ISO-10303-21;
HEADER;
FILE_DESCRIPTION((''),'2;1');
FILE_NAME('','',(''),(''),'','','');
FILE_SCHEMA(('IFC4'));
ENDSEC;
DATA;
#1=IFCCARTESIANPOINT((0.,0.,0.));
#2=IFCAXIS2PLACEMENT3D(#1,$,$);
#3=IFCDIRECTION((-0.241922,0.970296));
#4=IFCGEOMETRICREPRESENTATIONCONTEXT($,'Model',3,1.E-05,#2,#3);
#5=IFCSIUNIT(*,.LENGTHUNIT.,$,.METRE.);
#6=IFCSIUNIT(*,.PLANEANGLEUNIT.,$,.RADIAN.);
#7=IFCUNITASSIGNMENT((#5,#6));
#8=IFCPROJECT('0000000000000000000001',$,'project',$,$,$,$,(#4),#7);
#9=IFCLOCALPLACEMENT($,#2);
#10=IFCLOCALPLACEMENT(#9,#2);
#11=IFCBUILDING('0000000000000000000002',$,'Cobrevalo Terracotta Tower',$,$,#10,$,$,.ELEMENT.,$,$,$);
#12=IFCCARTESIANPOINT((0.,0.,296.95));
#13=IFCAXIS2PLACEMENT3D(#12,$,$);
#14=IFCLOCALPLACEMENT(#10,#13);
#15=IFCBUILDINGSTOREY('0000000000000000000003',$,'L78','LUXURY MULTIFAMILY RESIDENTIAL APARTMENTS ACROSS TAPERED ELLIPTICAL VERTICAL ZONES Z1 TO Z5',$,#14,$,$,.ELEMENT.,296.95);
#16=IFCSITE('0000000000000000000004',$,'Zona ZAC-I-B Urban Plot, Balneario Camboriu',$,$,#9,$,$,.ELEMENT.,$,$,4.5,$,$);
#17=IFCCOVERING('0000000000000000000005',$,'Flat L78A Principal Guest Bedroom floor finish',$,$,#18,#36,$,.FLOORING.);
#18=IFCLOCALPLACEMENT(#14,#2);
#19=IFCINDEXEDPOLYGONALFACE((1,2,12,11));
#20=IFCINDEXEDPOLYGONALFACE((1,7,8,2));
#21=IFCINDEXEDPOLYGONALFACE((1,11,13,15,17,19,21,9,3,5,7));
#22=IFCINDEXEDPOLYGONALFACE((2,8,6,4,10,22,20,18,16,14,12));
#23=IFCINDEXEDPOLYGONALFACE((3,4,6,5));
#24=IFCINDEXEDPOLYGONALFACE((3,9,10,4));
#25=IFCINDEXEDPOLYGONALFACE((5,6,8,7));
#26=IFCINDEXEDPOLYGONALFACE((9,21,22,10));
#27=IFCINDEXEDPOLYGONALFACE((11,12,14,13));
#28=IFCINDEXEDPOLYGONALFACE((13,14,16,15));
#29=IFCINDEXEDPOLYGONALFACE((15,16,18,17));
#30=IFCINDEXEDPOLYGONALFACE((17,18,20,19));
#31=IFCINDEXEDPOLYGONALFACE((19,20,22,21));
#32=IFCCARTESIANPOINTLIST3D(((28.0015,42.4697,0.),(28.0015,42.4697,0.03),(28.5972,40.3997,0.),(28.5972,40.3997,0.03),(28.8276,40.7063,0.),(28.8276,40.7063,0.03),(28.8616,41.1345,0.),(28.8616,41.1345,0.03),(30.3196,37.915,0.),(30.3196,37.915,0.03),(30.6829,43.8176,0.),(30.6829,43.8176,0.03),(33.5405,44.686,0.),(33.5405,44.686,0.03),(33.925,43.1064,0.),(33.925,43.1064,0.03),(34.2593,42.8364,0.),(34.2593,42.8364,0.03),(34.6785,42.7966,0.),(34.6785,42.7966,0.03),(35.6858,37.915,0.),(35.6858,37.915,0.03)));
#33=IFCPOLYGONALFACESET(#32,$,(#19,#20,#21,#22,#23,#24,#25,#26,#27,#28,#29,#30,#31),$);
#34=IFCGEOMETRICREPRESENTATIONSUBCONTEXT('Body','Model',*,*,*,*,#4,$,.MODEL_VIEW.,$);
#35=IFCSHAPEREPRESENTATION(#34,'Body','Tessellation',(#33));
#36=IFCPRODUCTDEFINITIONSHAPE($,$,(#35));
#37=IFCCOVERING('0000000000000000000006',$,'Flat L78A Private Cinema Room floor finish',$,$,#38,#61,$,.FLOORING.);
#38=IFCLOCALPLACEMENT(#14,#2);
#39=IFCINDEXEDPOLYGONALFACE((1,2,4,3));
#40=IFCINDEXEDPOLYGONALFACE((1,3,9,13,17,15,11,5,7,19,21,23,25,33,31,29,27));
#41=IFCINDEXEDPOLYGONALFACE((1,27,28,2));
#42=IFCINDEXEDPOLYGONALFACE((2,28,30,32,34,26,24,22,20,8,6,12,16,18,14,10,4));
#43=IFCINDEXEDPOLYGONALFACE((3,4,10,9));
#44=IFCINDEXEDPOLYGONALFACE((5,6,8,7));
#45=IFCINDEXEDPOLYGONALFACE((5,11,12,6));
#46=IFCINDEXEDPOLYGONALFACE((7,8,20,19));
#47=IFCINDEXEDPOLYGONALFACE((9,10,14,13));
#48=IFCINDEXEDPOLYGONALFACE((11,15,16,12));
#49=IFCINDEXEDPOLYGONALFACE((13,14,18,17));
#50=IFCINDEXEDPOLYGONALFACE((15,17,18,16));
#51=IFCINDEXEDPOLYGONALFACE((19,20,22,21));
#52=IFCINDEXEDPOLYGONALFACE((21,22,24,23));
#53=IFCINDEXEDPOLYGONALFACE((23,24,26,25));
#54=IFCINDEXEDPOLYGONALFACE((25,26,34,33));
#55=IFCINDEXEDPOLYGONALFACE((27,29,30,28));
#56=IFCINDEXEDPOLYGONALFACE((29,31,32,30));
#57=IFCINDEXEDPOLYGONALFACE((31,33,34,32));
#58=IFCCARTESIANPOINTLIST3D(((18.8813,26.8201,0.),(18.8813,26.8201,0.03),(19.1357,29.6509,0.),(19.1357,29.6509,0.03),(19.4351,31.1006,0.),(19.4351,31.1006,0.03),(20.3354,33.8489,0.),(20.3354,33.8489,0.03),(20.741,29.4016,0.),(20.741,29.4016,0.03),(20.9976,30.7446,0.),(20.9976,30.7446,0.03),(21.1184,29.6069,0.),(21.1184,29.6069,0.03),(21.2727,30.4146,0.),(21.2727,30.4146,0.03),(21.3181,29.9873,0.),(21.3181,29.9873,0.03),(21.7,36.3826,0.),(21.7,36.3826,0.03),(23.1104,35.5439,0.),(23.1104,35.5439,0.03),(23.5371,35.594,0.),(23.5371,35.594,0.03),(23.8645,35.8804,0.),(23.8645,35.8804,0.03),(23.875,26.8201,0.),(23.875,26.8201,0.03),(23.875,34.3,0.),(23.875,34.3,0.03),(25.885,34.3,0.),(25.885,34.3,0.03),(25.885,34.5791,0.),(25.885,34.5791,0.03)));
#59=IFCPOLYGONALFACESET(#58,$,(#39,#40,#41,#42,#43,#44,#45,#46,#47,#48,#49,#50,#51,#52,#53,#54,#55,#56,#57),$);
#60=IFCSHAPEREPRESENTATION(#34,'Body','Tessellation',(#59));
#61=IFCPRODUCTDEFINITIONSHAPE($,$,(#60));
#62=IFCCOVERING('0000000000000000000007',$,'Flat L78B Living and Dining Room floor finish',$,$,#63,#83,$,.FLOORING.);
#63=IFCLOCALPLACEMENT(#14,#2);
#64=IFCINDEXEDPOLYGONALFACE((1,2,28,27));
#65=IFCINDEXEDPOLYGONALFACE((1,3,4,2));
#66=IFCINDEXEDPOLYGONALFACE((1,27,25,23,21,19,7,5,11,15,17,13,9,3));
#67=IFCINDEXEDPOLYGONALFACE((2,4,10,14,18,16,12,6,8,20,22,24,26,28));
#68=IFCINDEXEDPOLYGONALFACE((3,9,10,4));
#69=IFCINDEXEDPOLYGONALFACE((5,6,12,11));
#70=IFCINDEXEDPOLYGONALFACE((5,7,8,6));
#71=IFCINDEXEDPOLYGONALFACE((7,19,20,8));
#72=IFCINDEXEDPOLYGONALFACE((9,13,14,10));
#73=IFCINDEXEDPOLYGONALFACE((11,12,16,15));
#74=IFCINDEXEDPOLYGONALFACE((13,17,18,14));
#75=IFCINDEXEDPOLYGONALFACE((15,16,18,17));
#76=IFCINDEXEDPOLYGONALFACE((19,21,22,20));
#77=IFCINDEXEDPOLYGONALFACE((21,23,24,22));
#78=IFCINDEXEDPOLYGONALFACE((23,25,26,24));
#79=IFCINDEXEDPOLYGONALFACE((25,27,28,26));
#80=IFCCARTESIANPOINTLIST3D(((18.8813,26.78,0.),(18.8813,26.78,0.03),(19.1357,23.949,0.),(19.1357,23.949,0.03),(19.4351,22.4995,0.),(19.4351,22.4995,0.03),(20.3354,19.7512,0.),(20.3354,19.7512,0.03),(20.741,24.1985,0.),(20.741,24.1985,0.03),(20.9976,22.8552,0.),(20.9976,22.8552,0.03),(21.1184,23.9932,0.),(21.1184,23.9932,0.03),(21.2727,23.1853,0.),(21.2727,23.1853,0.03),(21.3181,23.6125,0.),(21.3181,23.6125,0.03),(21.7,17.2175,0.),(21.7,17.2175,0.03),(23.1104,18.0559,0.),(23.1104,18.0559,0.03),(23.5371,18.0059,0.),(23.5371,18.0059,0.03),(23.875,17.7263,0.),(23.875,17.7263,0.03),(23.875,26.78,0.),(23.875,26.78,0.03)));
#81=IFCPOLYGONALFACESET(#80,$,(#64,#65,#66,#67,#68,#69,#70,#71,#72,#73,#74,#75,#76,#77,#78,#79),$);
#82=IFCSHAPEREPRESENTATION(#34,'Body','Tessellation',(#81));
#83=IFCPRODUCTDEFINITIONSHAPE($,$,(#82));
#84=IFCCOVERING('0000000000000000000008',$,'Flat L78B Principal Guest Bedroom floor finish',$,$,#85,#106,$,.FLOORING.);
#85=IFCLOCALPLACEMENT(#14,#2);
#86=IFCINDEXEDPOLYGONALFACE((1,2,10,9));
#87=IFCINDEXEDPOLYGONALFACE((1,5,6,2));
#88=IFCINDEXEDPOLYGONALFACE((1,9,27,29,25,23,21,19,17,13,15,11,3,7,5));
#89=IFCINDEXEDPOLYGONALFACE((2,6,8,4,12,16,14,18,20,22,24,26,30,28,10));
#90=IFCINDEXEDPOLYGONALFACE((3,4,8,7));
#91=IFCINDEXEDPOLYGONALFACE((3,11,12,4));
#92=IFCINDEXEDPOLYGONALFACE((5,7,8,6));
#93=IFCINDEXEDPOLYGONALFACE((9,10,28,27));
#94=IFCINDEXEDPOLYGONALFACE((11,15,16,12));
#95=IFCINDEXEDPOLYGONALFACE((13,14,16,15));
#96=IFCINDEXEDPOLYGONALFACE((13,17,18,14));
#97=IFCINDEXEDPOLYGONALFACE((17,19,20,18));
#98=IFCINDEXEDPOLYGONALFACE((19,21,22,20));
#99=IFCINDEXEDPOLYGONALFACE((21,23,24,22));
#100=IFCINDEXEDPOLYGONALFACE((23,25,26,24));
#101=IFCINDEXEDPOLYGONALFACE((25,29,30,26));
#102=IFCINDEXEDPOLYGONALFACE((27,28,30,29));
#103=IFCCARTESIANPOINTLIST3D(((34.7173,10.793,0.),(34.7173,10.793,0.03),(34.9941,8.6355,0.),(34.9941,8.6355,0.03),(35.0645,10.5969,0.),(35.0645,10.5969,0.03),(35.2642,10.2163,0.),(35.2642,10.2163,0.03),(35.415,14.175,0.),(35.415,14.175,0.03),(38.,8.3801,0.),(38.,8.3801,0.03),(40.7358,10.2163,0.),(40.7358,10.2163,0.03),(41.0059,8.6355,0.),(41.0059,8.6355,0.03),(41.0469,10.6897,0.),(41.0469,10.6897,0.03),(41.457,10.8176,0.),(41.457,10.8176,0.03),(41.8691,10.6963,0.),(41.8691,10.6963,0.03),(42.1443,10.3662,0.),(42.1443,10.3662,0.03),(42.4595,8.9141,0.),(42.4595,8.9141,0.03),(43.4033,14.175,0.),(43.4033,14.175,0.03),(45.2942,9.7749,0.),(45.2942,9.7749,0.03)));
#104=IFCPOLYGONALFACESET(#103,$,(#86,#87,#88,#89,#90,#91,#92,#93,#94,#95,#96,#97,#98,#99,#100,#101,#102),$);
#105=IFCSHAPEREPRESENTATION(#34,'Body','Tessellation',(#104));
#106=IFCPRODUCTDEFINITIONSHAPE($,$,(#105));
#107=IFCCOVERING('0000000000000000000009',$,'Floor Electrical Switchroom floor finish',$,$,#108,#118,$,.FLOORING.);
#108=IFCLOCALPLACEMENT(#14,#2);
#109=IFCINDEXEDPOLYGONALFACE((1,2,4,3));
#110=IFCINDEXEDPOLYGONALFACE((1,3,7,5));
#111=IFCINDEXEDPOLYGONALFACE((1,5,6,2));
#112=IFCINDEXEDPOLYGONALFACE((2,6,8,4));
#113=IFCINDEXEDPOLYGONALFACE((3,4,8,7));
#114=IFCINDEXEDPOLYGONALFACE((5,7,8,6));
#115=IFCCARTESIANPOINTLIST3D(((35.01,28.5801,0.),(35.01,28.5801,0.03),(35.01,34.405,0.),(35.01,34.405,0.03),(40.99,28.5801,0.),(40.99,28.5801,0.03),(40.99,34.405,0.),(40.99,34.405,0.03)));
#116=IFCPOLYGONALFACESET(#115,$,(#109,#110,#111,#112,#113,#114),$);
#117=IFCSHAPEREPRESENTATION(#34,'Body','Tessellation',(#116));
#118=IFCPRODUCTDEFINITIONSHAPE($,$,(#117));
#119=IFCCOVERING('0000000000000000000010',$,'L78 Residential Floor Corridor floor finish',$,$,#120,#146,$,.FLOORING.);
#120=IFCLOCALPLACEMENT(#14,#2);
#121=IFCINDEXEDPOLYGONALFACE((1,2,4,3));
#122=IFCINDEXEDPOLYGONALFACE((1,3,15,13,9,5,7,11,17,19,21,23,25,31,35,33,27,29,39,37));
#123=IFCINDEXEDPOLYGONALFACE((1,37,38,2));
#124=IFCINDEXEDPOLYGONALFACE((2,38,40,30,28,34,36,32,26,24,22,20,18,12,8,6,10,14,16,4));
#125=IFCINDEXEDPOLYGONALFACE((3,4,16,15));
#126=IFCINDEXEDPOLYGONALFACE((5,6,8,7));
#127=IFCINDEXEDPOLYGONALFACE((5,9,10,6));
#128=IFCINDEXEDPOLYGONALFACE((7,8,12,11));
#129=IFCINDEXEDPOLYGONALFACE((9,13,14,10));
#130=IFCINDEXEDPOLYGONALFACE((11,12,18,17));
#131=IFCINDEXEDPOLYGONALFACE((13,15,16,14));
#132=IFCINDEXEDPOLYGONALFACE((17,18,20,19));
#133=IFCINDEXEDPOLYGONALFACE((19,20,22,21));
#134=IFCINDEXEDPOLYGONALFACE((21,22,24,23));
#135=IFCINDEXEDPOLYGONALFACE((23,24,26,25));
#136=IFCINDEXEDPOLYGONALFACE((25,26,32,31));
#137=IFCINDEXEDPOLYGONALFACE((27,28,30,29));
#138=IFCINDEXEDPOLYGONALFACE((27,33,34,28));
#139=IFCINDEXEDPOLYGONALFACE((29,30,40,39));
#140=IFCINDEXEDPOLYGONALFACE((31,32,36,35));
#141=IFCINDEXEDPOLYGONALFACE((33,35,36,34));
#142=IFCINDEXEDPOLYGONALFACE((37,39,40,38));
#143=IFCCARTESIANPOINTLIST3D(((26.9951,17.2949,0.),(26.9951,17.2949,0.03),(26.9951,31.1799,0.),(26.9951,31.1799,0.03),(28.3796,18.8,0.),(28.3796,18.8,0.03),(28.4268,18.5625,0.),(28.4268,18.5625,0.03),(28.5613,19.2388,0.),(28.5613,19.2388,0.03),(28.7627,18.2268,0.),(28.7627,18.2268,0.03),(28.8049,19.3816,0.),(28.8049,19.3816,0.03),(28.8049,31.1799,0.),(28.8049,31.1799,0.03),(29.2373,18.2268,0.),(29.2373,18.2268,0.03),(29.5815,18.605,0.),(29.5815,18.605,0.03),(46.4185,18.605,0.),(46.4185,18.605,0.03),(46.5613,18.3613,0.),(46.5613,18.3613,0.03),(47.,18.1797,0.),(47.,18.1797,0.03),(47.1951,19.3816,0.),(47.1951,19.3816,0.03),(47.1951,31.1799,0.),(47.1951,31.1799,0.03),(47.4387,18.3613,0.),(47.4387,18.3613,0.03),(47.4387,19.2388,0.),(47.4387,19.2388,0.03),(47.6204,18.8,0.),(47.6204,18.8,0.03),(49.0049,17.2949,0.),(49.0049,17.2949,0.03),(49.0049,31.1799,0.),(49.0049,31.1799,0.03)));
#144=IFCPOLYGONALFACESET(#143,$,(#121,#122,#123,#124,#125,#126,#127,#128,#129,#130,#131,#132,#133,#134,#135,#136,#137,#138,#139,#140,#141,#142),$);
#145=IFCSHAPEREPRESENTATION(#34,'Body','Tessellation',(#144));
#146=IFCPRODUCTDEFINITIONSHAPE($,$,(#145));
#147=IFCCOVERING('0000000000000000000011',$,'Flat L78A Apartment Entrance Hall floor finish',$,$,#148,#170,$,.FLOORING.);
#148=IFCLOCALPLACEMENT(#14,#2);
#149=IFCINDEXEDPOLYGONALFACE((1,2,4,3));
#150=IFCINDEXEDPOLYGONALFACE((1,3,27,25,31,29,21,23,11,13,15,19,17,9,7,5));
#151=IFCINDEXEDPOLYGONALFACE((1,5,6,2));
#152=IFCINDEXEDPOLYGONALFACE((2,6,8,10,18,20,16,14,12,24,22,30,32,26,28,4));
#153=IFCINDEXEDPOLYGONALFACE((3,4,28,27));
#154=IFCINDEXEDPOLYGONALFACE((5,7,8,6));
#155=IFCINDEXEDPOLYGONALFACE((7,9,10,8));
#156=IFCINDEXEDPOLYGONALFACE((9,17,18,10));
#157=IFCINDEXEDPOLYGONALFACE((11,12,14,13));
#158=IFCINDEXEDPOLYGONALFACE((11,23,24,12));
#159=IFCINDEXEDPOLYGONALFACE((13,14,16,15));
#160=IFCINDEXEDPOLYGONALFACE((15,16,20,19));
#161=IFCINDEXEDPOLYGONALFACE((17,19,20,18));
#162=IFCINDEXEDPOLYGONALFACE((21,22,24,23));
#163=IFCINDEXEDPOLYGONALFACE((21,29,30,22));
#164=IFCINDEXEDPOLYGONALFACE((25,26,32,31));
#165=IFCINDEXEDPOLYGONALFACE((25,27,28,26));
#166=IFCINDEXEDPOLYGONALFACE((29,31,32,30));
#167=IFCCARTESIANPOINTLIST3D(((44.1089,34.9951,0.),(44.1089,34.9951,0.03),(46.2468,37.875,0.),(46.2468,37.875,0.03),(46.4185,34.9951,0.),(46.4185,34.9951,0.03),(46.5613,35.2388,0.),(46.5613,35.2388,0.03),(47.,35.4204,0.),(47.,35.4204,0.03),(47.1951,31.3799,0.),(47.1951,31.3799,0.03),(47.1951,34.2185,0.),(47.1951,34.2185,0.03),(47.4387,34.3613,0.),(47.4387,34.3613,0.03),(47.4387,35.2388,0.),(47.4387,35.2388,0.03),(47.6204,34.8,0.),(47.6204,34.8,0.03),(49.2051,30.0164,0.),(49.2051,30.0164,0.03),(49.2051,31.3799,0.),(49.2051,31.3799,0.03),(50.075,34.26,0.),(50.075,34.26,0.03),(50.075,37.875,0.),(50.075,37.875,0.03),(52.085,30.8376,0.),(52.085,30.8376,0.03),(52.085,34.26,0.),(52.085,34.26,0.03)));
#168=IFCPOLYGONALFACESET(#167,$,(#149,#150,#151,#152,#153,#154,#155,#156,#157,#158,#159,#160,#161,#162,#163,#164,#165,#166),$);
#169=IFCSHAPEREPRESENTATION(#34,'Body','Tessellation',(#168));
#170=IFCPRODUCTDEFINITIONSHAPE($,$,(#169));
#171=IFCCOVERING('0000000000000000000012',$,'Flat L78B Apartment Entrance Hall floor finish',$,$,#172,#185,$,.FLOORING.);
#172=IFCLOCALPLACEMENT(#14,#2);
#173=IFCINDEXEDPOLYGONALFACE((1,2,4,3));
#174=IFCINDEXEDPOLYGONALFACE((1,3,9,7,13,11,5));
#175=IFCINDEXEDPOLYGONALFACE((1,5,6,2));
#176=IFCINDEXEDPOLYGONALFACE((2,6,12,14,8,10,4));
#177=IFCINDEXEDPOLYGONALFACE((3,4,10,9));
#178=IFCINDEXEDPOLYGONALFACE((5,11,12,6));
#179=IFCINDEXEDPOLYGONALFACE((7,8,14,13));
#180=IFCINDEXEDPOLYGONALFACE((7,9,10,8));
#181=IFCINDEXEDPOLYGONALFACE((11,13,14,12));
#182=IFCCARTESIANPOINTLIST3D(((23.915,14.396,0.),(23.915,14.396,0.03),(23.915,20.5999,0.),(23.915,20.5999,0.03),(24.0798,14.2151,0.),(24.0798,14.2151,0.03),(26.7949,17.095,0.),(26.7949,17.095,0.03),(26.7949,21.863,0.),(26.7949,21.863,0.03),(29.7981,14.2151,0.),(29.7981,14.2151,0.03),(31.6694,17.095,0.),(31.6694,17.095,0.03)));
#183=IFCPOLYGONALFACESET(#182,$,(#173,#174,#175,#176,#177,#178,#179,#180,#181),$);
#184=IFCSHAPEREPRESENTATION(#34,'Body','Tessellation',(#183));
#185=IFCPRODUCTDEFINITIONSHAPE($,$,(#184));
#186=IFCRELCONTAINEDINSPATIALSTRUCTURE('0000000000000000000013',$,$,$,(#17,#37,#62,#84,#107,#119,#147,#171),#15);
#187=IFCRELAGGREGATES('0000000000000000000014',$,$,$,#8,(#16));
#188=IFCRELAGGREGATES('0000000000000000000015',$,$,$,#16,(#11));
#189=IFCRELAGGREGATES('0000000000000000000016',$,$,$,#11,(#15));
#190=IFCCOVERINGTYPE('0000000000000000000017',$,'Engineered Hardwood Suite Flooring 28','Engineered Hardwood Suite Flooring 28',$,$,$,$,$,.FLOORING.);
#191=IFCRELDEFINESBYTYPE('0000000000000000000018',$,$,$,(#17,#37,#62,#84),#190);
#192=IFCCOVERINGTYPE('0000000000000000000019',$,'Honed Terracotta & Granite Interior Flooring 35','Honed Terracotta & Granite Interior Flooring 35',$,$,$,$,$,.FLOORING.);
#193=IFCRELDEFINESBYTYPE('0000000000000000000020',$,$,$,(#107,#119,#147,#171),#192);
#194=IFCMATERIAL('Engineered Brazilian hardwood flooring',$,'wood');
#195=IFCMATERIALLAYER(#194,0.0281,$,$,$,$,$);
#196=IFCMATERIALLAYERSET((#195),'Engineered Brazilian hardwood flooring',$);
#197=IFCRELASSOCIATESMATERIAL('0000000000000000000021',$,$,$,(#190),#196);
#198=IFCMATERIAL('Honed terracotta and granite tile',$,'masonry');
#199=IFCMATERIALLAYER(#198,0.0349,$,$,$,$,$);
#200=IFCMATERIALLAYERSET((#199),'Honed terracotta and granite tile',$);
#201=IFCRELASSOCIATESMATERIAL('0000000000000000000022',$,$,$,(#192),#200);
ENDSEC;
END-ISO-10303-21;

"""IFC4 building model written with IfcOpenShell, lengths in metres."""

from ifc_helpers import new_model, si_unit, direction, frame, origin, place, context, subcontext, project, spatial, polyline, outline, extrude, material, layer, layer_set, type_object, element, save


model = new_model("IFC4")

# Units and contexts
model_context = context("Model", 3, precision=1e-05, world=origin(), true_north=direction((-0.241922, 0.970296)))
body_context = subcontext(model_context, "Body", "Model", "MODEL_VIEW")
ifc_project = project(units=[si_unit("LENGTHUNIT", "METRE"), si_unit("PLANEANGLEUNIT", "RADIAN")], contexts=[model_context])

# Site, building, storey
site_placement = place(None, origin())
site = spatial("IfcSite", under=ifc_project, at=site_placement, Name="Zona ZAC-I-B Urban Plot, Balneario Camboriu", CompositionType="ELEMENT", RefElevation=4.5)
building_placement = place(site_placement, origin())
building = spatial("IfcBuilding", under=site, at=building_placement, Name="Cobrevalo Terracotta Tower", CompositionType="ELEMENT")
storey_placement = place(building_placement, frame((0.0, 0.0, 296.95)))
storey = spatial("IfcBuildingStorey", under=building, at=storey_placement, Name="L78", Description="LUXURY MULTIFAMILY RESIDENTIAL APARTMENTS ACROSS TAPERED ELLIPTICAL VERTICAL ZONES Z1 TO Z5", CompositionType="ELEMENT", Elevation=296.95)

# Coverings
ifc_material_1 = material(Name="Engineered Brazilian hardwood flooring", Category="wood")
ifc_layer_1 = layer(ifc_material_1, 0.0281)
ifc_layer_set_1 = layer_set([ifc_layer_1], Name="Engineered Brazilian hardwood flooring")
covering_type_1 = type_object("IfcCoveringType", Name="Engineered Hardwood Suite Flooring 28", Description="Engineered Hardwood Suite Flooring 28", PredefinedType="FLOORING", material=ifc_layer_set_1)
covering_1_placement = place(storey_placement, origin())
element("IfcCovering", 1, at=covering_1_placement, inside=storey, type_object=covering_type_1, Name="Flat L78A Principal Guest Bedroom floor finish", PredefinedType="FLOORING", context=body_context, shape_type="SweptSolid", body=[
    extrude(outline(polyline([(28.5972, 40.3997), (28.8276, 40.7063), (28.8616, 41.1345), (28.0015, 42.4697), (30.6829, 43.8176), (33.5405, 44.686), (33.925, 43.1064), (34.2593, 42.8364), (34.6785, 42.7966), (35.6858, 37.915), (30.3196, 37.915), (28.5972, 40.3997)])), origin(), (0.0, 0.0, 1.0), 0.03),
])
covering_2_placement = place(storey_placement, origin())
element("IfcCovering", 2, at=covering_2_placement, inside=storey, type_object=covering_type_1, Name="Flat L78A Private Cinema Room floor finish", PredefinedType="FLOORING", context=body_context, shape_type="SweptSolid", body=[
    extrude(outline(polyline([(23.875, 34.3), (23.875, 26.8201), (18.8813, 26.8201), (19.1357, 29.6509), (20.741, 29.4016), (21.1184, 29.6069), (21.3181, 29.9873), (21.2727, 30.4146), (20.9976, 30.7446), (19.4351, 31.1006), (20.3354, 33.8489), (21.7, 36.3826), (23.1104, 35.5439), (23.5371, 35.594), (23.8645, 35.8804), (25.885, 34.5791), (25.885, 34.3), (23.875, 34.3)])), origin(), (0.0, 0.0, 1.0), 0.03),
])
covering_3_placement = place(storey_placement, origin())
element("IfcCovering", 3, at=covering_3_placement, inside=storey, type_object=covering_type_1, Name="Flat L78B Living and Dining Room floor finish", PredefinedType="FLOORING", context=body_context, shape_type="SweptSolid", body=[
    extrude(outline(polyline([(20.3354, 19.7512), (19.4351, 22.4995), (20.9976, 22.8552), (21.2727, 23.1853), (21.3181, 23.6125), (21.1184, 23.9932), (20.741, 24.1985), (19.1357, 23.949), (18.8813, 26.78), (23.875, 26.78), (23.875, 17.7263), (23.5371, 18.0059), (23.1104, 18.0559), (21.7, 17.2175), (20.3354, 19.7512)])), origin(), (0.0, 0.0, 1.0), 0.03),
])
covering_4_placement = place(storey_placement, origin())
element("IfcCovering", 4, at=covering_4_placement, inside=storey, type_object=covering_type_1, Name="Flat L78B Principal Guest Bedroom floor finish", PredefinedType="FLOORING", context=body_context, shape_type="SweptSolid", body=[
    extrude(outline(polyline([(42.4595, 8.9141), (42.1443, 10.3662), (41.8691, 10.6963), (41.457, 10.8176), (41.0469, 10.6897), (40.7358, 10.2163), (41.0059, 8.6355), (38.0, 8.3801), (34.9941, 8.6355), (35.2642, 10.2163), (35.0645, 10.5969), (34.7173, 10.793), (35.415, 14.175), (43.4033, 14.175), (45.2942, 9.7749), (42.4595, 8.9141)])), origin(), (0.0, 0.0, 1.0), 0.03),
])
ifc_material_2 = material(Name="Honed terracotta and granite tile", Category="masonry")
ifc_layer_2 = layer(ifc_material_2, 0.0349)
ifc_layer_set_2 = layer_set([ifc_layer_2], Name="Honed terracotta and granite tile")
covering_type_2 = type_object("IfcCoveringType", Name="Honed Terracotta & Granite Interior Flooring 35", Description="Honed Terracotta & Granite Interior Flooring 35", PredefinedType="FLOORING", material=ifc_layer_set_2)
covering_5_placement = place(storey_placement, origin())
element("IfcCovering", 5, at=covering_5_placement, inside=storey, type_object=covering_type_2, Name="Floor Electrical Switchroom floor finish", PredefinedType="FLOORING", context=body_context, shape_type="SweptSolid", body=[
    extrude(outline(polyline([(35.01, 34.405), (40.99, 34.405), (40.99, 28.5801), (35.01, 28.5801), (35.01, 34.405)])), origin(), (0.0, 0.0, 1.0), 0.03),
])
covering_6_placement = place(storey_placement, origin())
element("IfcCovering", 6, at=covering_6_placement, inside=storey, type_object=covering_type_2, Name="L78 Residential Floor Corridor floor finish", PredefinedType="FLOORING", context=body_context, shape_type="SweptSolid", body=[
    extrude(outline(polyline([(26.9951, 31.1799), (28.8049, 31.1799), (28.8049, 19.3816), (28.5613, 19.2388), (28.3796, 18.8), (28.4268, 18.5625), (28.7627, 18.2268), (29.2373, 18.2268), (29.5815, 18.605), (46.4185, 18.605), (46.5613, 18.3613), (47.0, 18.1797), (47.4387, 18.3613), (47.6204, 18.8), (47.4387, 19.2388), (47.1951, 19.3816), (47.1951, 31.1799), (49.0049, 31.1799), (49.0049, 17.2949), (26.9951, 17.2949), (26.9951, 31.1799)])), origin(), (0.0, 0.0, 1.0), 0.03),
])
covering_7_placement = place(storey_placement, origin())
element("IfcCovering", 7, at=covering_7_placement, inside=storey, type_object=covering_type_2, Name="Flat L78A Apartment Entrance Hall floor finish", PredefinedType="FLOORING", context=body_context, shape_type="SweptSolid", body=[
    extrude(outline(polyline([(47.1951, 31.3799), (47.1951, 34.2185), (47.4387, 34.3613), (47.6204, 34.8), (47.4387, 35.2388), (47.0, 35.4204), (46.5613, 35.2388), (46.4185, 34.9951), (44.1089, 34.9951), (46.2468, 37.875), (50.075, 37.875), (50.075, 34.26), (52.085, 34.26), (52.085, 30.8376), (49.2051, 30.0164), (49.2051, 31.3799), (47.1951, 31.3799)])), origin(), (0.0, 0.0, 1.0), 0.03),
])
covering_8_placement = place(storey_placement, origin())
element("IfcCovering", 8, at=covering_8_placement, inside=storey, type_object=covering_type_2, Name="Flat L78B Apartment Entrance Hall floor finish", PredefinedType="FLOORING", context=body_context, shape_type="SweptSolid", body=[
    extrude(outline(polyline([(23.915, 14.396), (23.915, 20.5999), (26.7949, 21.863), (26.7949, 17.095), (31.6694, 17.095), (29.7981, 14.2151), (24.0798, 14.2151), (23.915, 14.396)])), origin(), (0.0, 0.0, 1.0), 0.03),
])

save(model, "model.ifc")
